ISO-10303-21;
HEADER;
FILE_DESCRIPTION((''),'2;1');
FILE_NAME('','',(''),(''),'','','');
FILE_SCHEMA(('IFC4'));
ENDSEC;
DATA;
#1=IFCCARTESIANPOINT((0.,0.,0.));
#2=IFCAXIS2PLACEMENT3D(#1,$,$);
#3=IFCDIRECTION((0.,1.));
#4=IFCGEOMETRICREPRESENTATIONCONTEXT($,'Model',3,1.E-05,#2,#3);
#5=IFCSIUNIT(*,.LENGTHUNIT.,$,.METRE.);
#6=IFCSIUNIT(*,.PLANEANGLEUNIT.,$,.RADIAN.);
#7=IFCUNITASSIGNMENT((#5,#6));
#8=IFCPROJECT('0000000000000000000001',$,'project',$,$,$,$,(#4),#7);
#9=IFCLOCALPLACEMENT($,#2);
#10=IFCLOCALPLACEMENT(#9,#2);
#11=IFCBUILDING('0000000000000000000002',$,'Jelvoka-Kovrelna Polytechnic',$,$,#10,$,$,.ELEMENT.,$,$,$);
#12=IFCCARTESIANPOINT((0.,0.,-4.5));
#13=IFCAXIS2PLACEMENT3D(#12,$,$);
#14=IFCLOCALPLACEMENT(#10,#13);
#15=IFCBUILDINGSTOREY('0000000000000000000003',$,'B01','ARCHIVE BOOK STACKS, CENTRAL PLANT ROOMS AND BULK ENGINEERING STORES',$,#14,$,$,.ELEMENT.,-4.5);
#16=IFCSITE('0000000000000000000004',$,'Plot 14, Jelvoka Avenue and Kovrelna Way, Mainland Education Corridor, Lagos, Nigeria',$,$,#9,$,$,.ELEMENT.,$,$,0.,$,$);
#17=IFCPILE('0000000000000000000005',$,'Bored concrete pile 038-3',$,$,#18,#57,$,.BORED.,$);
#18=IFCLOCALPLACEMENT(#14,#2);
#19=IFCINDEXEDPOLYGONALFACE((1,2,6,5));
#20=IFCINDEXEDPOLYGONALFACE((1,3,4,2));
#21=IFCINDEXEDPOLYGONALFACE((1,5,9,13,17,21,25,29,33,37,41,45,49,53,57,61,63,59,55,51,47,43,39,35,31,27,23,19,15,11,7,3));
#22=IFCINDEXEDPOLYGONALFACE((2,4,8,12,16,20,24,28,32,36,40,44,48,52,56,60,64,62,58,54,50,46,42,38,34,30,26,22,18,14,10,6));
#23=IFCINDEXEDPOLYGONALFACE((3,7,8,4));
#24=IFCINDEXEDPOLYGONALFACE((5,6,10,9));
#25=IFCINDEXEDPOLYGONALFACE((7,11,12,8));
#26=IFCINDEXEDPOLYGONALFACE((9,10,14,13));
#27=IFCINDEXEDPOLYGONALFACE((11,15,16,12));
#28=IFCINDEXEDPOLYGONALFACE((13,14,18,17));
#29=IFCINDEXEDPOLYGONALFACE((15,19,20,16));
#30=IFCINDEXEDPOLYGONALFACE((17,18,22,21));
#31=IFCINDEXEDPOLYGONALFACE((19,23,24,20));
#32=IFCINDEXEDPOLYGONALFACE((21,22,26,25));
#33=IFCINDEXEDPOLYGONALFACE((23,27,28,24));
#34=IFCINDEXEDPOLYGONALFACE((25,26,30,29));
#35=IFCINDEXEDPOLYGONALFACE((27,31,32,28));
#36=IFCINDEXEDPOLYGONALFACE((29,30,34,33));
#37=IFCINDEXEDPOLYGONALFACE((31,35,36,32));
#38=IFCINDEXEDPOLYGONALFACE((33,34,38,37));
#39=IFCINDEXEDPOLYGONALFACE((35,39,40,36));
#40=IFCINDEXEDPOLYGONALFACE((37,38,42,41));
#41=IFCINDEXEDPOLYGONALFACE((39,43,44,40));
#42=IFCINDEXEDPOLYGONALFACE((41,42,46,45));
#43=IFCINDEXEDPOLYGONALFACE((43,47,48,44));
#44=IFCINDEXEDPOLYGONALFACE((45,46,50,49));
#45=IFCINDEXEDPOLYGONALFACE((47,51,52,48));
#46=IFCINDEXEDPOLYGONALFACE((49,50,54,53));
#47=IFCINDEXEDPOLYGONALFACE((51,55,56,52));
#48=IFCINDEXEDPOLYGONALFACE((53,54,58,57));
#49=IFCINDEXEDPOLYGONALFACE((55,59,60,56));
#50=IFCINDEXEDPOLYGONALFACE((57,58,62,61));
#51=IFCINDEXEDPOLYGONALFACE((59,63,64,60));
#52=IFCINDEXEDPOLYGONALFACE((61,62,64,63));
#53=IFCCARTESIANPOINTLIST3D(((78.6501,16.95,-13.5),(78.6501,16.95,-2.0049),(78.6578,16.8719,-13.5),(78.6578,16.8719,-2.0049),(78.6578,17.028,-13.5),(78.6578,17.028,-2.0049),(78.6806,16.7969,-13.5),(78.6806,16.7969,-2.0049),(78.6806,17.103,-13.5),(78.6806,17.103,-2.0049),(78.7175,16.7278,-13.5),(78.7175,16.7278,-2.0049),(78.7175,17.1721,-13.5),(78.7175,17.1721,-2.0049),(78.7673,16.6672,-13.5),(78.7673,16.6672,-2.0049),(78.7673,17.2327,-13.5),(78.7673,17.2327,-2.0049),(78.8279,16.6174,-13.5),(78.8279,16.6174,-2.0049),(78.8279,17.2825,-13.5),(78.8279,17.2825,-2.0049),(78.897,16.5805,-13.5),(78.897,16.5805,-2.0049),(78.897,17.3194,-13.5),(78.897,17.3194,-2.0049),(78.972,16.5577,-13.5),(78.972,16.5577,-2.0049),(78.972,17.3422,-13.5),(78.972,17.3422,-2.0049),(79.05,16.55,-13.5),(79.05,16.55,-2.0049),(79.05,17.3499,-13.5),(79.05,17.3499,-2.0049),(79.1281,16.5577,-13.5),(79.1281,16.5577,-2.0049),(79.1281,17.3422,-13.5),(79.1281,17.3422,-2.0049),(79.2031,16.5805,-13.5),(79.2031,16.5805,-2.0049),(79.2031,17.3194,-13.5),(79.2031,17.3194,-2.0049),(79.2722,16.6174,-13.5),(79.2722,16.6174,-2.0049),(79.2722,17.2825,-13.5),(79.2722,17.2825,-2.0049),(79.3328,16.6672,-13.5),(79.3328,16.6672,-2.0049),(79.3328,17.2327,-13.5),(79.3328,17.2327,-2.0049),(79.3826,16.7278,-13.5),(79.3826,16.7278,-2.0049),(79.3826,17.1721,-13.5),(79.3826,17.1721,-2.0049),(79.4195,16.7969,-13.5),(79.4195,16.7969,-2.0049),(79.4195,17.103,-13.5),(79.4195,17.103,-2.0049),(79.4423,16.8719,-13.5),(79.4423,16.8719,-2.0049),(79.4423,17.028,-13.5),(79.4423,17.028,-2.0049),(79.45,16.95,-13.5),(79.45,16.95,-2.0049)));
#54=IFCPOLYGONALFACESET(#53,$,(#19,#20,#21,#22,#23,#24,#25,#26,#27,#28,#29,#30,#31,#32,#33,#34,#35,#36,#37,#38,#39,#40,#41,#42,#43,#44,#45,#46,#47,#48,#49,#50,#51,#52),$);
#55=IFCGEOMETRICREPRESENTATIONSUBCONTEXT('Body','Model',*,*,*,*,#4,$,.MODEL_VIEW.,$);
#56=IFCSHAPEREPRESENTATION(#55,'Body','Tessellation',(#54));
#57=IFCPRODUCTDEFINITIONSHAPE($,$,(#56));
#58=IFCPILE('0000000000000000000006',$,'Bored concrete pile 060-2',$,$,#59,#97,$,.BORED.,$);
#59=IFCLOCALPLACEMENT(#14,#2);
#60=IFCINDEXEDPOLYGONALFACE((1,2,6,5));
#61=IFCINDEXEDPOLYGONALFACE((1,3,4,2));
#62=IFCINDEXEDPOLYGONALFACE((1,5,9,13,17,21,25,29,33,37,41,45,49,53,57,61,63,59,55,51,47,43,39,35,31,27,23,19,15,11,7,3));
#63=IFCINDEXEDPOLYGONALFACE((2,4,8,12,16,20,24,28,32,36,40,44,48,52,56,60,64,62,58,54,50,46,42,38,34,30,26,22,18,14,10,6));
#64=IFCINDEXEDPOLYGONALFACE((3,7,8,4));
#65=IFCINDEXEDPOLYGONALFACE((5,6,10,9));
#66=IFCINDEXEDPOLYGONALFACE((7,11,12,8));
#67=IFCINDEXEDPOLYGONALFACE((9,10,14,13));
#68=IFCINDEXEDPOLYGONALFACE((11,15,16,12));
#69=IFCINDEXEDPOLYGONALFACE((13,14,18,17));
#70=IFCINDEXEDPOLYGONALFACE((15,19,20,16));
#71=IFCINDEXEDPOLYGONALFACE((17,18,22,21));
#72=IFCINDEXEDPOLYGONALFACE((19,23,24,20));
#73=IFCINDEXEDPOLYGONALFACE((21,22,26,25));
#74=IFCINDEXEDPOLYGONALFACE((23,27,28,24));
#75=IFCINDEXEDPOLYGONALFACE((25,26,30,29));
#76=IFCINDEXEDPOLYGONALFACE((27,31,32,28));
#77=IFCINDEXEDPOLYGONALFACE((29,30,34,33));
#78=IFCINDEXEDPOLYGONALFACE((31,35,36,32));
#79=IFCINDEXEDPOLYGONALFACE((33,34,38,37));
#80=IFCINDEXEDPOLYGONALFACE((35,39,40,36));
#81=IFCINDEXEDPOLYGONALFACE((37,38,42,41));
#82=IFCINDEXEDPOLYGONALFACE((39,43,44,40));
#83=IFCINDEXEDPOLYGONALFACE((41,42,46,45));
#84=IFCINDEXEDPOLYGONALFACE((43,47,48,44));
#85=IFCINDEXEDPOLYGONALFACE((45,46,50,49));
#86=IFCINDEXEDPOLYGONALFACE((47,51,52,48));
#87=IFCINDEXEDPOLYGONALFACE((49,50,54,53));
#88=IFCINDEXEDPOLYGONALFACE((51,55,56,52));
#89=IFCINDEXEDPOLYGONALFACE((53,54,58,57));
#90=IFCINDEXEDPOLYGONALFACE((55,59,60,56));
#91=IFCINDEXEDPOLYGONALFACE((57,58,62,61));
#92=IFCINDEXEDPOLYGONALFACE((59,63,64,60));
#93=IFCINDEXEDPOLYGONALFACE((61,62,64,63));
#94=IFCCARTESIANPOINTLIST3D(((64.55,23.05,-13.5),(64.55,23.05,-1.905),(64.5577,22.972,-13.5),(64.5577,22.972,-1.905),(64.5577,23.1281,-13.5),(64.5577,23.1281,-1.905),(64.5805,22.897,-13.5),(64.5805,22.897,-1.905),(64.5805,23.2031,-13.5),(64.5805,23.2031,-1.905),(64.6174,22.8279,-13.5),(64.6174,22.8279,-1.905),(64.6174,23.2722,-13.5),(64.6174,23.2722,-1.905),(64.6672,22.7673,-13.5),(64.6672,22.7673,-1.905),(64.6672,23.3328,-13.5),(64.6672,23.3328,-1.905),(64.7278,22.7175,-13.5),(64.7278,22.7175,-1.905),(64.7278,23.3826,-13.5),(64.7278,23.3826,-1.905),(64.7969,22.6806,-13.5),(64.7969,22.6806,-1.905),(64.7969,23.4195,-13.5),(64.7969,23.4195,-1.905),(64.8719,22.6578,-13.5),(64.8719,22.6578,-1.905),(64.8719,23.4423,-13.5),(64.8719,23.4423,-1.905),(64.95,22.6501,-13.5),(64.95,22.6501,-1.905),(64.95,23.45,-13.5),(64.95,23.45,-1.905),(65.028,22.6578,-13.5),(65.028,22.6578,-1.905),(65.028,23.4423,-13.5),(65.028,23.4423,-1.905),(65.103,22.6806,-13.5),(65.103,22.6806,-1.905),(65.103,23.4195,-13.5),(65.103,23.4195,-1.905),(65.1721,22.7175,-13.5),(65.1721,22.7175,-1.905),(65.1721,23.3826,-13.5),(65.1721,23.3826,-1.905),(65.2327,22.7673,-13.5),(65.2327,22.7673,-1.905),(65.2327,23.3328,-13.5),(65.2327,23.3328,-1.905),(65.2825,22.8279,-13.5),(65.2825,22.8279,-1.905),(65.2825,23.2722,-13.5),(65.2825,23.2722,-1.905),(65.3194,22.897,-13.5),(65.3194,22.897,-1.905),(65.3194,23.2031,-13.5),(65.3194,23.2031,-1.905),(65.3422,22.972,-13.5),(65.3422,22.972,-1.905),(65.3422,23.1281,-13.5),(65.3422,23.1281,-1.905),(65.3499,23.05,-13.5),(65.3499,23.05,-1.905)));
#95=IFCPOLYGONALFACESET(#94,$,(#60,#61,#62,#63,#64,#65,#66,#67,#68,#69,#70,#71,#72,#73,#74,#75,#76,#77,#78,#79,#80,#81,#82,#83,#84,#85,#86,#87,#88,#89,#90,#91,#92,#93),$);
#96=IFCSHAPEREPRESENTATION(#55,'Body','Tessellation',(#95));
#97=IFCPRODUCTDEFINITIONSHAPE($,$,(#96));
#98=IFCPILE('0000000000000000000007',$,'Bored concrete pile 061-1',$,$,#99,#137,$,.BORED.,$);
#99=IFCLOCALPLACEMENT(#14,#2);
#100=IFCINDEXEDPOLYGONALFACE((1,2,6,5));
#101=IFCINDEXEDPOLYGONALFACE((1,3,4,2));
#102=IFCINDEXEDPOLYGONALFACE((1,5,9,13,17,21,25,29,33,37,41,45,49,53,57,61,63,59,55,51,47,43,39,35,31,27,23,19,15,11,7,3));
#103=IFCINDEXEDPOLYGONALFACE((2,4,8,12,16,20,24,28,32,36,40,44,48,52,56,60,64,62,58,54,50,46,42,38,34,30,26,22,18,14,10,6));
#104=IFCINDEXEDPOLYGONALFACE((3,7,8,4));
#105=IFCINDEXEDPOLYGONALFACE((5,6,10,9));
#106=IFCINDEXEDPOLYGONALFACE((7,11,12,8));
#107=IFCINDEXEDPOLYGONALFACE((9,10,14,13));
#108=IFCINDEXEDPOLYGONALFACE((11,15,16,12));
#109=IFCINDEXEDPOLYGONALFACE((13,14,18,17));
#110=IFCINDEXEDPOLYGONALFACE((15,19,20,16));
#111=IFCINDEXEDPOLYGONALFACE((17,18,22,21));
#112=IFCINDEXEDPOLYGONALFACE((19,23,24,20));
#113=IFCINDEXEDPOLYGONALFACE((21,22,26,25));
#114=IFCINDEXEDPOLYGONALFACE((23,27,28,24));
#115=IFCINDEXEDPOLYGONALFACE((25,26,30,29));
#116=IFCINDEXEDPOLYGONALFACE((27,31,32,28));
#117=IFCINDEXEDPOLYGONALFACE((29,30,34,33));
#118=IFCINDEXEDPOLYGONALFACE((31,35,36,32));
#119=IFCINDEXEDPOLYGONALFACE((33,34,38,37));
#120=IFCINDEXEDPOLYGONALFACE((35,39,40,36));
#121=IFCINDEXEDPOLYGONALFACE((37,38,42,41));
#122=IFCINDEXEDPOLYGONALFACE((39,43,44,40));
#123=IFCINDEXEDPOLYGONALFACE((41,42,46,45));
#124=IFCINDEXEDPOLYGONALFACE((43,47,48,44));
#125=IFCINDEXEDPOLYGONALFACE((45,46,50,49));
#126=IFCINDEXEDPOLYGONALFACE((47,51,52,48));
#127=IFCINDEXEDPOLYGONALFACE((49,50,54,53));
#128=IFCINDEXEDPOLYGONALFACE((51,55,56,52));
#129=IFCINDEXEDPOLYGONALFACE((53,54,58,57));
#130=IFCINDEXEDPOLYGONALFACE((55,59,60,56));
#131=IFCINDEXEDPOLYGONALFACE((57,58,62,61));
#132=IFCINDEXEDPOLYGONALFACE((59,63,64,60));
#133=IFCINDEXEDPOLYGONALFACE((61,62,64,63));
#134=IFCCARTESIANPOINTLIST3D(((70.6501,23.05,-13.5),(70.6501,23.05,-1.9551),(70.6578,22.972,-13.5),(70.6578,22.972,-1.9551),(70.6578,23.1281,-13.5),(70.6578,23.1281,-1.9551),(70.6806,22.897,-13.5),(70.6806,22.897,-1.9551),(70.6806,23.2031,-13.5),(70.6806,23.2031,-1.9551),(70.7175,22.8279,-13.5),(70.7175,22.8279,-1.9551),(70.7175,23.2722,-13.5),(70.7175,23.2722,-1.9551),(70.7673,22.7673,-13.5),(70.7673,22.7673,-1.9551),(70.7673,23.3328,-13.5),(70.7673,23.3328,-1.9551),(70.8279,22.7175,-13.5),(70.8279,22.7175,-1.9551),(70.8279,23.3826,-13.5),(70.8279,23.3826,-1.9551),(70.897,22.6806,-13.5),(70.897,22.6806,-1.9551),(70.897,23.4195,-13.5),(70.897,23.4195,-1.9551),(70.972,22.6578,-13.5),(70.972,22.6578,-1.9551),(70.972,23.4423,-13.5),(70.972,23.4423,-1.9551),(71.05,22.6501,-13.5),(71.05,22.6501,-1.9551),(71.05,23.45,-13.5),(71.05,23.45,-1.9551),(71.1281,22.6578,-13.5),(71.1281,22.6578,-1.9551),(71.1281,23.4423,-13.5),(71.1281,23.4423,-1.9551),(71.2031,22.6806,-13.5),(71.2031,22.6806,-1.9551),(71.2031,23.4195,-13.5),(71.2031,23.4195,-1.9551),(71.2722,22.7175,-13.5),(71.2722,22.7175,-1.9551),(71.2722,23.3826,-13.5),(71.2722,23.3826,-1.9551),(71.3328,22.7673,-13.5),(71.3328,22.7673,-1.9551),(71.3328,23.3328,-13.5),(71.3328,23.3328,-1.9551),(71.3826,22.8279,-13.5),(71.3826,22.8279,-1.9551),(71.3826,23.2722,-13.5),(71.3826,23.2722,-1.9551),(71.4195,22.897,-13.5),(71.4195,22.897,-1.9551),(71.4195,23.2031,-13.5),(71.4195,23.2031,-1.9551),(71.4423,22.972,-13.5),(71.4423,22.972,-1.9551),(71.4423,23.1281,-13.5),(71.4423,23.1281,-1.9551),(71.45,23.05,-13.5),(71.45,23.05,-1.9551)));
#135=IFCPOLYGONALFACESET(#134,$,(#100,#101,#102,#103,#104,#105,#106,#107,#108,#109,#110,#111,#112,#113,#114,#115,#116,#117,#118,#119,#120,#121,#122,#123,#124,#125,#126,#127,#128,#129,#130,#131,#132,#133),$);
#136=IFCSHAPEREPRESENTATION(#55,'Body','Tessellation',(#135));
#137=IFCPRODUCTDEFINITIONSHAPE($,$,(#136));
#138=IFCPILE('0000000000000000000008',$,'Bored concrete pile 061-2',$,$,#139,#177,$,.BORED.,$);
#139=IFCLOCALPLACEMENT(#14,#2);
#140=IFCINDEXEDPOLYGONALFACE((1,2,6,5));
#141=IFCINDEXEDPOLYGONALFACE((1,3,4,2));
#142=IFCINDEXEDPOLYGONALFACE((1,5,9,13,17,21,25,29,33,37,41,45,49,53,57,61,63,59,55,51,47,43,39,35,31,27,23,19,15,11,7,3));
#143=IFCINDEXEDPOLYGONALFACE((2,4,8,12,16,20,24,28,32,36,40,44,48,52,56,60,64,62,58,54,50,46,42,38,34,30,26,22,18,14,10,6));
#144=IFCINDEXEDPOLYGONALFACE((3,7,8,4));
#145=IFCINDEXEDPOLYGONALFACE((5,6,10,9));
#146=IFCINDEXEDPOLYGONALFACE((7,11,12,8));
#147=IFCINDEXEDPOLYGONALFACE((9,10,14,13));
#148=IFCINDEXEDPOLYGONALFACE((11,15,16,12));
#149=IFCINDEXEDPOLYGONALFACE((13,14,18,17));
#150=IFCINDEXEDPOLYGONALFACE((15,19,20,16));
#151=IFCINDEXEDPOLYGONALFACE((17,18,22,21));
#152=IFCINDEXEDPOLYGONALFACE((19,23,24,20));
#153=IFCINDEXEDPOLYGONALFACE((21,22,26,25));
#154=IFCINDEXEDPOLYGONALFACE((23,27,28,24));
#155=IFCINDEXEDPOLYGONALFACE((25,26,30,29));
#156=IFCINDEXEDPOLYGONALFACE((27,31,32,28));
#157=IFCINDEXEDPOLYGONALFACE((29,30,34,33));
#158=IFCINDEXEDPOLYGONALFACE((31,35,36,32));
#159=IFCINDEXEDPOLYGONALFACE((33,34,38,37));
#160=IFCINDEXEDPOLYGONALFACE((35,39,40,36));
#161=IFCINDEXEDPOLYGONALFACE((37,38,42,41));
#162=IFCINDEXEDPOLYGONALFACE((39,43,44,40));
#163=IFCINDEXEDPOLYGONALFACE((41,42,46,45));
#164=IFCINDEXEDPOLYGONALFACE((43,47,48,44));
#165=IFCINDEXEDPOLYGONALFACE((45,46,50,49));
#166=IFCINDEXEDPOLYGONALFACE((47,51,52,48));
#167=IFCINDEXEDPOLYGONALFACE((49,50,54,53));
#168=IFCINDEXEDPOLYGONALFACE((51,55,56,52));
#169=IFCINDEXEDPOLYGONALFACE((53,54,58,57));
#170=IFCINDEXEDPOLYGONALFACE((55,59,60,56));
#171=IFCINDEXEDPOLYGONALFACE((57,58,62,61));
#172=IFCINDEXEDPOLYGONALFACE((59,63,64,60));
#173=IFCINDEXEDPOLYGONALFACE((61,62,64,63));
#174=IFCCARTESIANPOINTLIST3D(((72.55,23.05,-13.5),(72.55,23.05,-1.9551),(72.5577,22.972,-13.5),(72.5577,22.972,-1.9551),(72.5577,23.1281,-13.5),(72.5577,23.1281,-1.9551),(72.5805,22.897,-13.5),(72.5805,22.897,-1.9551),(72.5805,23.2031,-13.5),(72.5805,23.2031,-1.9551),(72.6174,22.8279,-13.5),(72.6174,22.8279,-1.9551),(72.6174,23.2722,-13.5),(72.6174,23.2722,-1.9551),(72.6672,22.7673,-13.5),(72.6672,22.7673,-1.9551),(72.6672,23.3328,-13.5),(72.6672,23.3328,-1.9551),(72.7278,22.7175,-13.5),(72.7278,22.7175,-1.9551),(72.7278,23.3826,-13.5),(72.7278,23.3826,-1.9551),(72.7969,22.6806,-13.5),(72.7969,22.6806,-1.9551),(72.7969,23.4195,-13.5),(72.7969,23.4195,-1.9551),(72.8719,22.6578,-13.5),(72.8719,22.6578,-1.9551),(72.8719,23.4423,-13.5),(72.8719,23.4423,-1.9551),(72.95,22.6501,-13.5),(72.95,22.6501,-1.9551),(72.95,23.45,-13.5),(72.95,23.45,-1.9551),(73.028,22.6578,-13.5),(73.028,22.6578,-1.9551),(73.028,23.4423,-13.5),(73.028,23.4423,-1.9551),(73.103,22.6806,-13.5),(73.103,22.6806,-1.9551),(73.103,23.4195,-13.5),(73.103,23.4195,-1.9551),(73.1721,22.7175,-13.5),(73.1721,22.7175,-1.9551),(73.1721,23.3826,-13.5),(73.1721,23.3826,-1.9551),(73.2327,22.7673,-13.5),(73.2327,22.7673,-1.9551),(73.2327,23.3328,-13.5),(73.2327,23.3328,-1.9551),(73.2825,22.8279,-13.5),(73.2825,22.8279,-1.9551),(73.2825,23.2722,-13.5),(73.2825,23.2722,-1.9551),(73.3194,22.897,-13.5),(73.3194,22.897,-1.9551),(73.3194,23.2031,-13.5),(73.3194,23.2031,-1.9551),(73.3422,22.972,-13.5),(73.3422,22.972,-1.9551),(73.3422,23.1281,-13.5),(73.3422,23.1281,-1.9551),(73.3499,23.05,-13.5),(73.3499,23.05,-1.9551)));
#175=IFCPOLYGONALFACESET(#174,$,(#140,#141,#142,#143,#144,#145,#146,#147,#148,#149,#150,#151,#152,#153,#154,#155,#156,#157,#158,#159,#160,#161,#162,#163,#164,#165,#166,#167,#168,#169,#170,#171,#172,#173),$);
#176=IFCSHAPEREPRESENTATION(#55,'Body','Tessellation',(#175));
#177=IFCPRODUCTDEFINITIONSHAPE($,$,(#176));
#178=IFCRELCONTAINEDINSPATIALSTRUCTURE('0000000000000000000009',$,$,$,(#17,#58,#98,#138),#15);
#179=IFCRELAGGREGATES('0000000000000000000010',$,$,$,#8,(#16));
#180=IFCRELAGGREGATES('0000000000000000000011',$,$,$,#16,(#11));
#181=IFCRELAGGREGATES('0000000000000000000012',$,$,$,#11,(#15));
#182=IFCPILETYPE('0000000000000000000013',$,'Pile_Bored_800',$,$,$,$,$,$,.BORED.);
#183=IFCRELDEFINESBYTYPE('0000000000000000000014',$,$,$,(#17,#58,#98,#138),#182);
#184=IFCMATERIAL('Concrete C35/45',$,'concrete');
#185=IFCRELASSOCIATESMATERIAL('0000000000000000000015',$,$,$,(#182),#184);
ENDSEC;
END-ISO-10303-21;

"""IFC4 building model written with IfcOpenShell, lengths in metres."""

from ifc_helpers import new_model, si_unit, direction, frame, origin, origin_2d, place, context, subcontext, project, spatial, circle, extrude, material, material_profile, profile_set, type_object, element, save


model = new_model("IFC4")

# Units and contexts
model_context = context("Model", 3, precision=1e-05, world=origin(), true_north=direction((0.0, 1.0)))
body_context = subcontext(model_context, "Body", "Model", "MODEL_VIEW")
ifc_project = project(units=[si_unit("LENGTHUNIT", "METRE"), si_unit("PLANEANGLEUNIT", "RADIAN")], contexts=[model_context])

# Site, building, storey
site_placement = place(None, origin())
site = spatial("IfcSite", under=ifc_project, at=site_placement, Name="Plot 14, Jelvoka Avenue and Kovrelna Way, Mainland Education Corridor, Lagos, Nigeria", CompositionType="ELEMENT", RefElevation=0.0)
building_placement = place(site_placement, origin())
building = spatial("IfcBuilding", under=site, at=building_placement, Name="Jelvoka-Kovrelna Polytechnic", CompositionType="ELEMENT")
storey_placement = place(building_placement, frame((0.0, 0.0, -4.5)))
storey = spatial("IfcBuildingStorey", under=building, at=storey_placement, Name="B01", Description="ARCHIVE BOOK STACKS, CENTRAL PLANT ROOMS AND BULK ENGINEERING STORES", CompositionType="ELEMENT", Elevation=-4.5)

# Piles
ifc_material_1 = material(Name="Concrete C35/45", Category="concrete")
ifc_material_profile_1 = material_profile(ifc_material_1, circle(Radius=0.3999, at=origin_2d()), Name="PILE D800")
ifc_profile_set_1 = profile_set([ifc_material_profile_1], Name="Concrete C35/45")
pile_type = type_object("IfcPileType", Name="Pile_Bored_800", PredefinedType="BORED", material=ifc_profile_set_1)
for number, where, z_axis, x_axis, name in (
    (1, (79.05, 16.95, -2.0049), (0.0, 0.0, -1.0), (1.0, 0.0, 0.0), "Bored concrete pile 038-3"),
):
    element("IfcPile", number, at=place(storey_placement, frame(where, z_axis=z_axis, x_axis=x_axis)), inside=storey, type_object=pile_type, Name=name, PredefinedType="BORED", context=body_context, shape_type="SweptSolid", body=[
        extrude(circle(Radius=0.3999, at=origin_2d()), origin(), (0.0, 0.0, 1.0), 11.4951),
    ])
pile_1_placement = place(storey_placement, frame((64.95, 23.05, -1.905), z_axis=(0.0, 0.0, -1.0), x_axis=(1.0, 0.0, 0.0)))
element("IfcPile", 2, at=pile_1_placement, inside=storey, type_object=pile_type, Name="Bored concrete pile 060-2", PredefinedType="BORED", context=body_context, shape_type="SweptSolid", body=[
    extrude(circle(Radius=0.3999, at=origin_2d()), origin(), (0.0, 0.0, 1.0), 11.595),
])
for number, where, z_axis, x_axis, name in (
    (3, (71.05, 23.05, -1.9551), (0.0, 0.0, -1.0), (1.0, 0.0, 0.0), "Bored concrete pile 061-1"),
    (4, (72.95, 23.05, -1.9551), (0.0, 0.0, -1.0), (1.0, 0.0, 0.0), "Bored concrete pile 061-2"),
):
    element("IfcPile", number, at=place(storey_placement, frame(where, z_axis=z_axis, x_axis=x_axis)), inside=storey, type_object=pile_type, Name=name, PredefinedType="BORED", context=body_context, shape_type="SweptSolid", body=[
        extrude(circle(Radius=0.3999, at=origin_2d()), origin(), (0.0, 0.0, 1.0), 11.5449),
    ])

save(model, "model.ifc")
